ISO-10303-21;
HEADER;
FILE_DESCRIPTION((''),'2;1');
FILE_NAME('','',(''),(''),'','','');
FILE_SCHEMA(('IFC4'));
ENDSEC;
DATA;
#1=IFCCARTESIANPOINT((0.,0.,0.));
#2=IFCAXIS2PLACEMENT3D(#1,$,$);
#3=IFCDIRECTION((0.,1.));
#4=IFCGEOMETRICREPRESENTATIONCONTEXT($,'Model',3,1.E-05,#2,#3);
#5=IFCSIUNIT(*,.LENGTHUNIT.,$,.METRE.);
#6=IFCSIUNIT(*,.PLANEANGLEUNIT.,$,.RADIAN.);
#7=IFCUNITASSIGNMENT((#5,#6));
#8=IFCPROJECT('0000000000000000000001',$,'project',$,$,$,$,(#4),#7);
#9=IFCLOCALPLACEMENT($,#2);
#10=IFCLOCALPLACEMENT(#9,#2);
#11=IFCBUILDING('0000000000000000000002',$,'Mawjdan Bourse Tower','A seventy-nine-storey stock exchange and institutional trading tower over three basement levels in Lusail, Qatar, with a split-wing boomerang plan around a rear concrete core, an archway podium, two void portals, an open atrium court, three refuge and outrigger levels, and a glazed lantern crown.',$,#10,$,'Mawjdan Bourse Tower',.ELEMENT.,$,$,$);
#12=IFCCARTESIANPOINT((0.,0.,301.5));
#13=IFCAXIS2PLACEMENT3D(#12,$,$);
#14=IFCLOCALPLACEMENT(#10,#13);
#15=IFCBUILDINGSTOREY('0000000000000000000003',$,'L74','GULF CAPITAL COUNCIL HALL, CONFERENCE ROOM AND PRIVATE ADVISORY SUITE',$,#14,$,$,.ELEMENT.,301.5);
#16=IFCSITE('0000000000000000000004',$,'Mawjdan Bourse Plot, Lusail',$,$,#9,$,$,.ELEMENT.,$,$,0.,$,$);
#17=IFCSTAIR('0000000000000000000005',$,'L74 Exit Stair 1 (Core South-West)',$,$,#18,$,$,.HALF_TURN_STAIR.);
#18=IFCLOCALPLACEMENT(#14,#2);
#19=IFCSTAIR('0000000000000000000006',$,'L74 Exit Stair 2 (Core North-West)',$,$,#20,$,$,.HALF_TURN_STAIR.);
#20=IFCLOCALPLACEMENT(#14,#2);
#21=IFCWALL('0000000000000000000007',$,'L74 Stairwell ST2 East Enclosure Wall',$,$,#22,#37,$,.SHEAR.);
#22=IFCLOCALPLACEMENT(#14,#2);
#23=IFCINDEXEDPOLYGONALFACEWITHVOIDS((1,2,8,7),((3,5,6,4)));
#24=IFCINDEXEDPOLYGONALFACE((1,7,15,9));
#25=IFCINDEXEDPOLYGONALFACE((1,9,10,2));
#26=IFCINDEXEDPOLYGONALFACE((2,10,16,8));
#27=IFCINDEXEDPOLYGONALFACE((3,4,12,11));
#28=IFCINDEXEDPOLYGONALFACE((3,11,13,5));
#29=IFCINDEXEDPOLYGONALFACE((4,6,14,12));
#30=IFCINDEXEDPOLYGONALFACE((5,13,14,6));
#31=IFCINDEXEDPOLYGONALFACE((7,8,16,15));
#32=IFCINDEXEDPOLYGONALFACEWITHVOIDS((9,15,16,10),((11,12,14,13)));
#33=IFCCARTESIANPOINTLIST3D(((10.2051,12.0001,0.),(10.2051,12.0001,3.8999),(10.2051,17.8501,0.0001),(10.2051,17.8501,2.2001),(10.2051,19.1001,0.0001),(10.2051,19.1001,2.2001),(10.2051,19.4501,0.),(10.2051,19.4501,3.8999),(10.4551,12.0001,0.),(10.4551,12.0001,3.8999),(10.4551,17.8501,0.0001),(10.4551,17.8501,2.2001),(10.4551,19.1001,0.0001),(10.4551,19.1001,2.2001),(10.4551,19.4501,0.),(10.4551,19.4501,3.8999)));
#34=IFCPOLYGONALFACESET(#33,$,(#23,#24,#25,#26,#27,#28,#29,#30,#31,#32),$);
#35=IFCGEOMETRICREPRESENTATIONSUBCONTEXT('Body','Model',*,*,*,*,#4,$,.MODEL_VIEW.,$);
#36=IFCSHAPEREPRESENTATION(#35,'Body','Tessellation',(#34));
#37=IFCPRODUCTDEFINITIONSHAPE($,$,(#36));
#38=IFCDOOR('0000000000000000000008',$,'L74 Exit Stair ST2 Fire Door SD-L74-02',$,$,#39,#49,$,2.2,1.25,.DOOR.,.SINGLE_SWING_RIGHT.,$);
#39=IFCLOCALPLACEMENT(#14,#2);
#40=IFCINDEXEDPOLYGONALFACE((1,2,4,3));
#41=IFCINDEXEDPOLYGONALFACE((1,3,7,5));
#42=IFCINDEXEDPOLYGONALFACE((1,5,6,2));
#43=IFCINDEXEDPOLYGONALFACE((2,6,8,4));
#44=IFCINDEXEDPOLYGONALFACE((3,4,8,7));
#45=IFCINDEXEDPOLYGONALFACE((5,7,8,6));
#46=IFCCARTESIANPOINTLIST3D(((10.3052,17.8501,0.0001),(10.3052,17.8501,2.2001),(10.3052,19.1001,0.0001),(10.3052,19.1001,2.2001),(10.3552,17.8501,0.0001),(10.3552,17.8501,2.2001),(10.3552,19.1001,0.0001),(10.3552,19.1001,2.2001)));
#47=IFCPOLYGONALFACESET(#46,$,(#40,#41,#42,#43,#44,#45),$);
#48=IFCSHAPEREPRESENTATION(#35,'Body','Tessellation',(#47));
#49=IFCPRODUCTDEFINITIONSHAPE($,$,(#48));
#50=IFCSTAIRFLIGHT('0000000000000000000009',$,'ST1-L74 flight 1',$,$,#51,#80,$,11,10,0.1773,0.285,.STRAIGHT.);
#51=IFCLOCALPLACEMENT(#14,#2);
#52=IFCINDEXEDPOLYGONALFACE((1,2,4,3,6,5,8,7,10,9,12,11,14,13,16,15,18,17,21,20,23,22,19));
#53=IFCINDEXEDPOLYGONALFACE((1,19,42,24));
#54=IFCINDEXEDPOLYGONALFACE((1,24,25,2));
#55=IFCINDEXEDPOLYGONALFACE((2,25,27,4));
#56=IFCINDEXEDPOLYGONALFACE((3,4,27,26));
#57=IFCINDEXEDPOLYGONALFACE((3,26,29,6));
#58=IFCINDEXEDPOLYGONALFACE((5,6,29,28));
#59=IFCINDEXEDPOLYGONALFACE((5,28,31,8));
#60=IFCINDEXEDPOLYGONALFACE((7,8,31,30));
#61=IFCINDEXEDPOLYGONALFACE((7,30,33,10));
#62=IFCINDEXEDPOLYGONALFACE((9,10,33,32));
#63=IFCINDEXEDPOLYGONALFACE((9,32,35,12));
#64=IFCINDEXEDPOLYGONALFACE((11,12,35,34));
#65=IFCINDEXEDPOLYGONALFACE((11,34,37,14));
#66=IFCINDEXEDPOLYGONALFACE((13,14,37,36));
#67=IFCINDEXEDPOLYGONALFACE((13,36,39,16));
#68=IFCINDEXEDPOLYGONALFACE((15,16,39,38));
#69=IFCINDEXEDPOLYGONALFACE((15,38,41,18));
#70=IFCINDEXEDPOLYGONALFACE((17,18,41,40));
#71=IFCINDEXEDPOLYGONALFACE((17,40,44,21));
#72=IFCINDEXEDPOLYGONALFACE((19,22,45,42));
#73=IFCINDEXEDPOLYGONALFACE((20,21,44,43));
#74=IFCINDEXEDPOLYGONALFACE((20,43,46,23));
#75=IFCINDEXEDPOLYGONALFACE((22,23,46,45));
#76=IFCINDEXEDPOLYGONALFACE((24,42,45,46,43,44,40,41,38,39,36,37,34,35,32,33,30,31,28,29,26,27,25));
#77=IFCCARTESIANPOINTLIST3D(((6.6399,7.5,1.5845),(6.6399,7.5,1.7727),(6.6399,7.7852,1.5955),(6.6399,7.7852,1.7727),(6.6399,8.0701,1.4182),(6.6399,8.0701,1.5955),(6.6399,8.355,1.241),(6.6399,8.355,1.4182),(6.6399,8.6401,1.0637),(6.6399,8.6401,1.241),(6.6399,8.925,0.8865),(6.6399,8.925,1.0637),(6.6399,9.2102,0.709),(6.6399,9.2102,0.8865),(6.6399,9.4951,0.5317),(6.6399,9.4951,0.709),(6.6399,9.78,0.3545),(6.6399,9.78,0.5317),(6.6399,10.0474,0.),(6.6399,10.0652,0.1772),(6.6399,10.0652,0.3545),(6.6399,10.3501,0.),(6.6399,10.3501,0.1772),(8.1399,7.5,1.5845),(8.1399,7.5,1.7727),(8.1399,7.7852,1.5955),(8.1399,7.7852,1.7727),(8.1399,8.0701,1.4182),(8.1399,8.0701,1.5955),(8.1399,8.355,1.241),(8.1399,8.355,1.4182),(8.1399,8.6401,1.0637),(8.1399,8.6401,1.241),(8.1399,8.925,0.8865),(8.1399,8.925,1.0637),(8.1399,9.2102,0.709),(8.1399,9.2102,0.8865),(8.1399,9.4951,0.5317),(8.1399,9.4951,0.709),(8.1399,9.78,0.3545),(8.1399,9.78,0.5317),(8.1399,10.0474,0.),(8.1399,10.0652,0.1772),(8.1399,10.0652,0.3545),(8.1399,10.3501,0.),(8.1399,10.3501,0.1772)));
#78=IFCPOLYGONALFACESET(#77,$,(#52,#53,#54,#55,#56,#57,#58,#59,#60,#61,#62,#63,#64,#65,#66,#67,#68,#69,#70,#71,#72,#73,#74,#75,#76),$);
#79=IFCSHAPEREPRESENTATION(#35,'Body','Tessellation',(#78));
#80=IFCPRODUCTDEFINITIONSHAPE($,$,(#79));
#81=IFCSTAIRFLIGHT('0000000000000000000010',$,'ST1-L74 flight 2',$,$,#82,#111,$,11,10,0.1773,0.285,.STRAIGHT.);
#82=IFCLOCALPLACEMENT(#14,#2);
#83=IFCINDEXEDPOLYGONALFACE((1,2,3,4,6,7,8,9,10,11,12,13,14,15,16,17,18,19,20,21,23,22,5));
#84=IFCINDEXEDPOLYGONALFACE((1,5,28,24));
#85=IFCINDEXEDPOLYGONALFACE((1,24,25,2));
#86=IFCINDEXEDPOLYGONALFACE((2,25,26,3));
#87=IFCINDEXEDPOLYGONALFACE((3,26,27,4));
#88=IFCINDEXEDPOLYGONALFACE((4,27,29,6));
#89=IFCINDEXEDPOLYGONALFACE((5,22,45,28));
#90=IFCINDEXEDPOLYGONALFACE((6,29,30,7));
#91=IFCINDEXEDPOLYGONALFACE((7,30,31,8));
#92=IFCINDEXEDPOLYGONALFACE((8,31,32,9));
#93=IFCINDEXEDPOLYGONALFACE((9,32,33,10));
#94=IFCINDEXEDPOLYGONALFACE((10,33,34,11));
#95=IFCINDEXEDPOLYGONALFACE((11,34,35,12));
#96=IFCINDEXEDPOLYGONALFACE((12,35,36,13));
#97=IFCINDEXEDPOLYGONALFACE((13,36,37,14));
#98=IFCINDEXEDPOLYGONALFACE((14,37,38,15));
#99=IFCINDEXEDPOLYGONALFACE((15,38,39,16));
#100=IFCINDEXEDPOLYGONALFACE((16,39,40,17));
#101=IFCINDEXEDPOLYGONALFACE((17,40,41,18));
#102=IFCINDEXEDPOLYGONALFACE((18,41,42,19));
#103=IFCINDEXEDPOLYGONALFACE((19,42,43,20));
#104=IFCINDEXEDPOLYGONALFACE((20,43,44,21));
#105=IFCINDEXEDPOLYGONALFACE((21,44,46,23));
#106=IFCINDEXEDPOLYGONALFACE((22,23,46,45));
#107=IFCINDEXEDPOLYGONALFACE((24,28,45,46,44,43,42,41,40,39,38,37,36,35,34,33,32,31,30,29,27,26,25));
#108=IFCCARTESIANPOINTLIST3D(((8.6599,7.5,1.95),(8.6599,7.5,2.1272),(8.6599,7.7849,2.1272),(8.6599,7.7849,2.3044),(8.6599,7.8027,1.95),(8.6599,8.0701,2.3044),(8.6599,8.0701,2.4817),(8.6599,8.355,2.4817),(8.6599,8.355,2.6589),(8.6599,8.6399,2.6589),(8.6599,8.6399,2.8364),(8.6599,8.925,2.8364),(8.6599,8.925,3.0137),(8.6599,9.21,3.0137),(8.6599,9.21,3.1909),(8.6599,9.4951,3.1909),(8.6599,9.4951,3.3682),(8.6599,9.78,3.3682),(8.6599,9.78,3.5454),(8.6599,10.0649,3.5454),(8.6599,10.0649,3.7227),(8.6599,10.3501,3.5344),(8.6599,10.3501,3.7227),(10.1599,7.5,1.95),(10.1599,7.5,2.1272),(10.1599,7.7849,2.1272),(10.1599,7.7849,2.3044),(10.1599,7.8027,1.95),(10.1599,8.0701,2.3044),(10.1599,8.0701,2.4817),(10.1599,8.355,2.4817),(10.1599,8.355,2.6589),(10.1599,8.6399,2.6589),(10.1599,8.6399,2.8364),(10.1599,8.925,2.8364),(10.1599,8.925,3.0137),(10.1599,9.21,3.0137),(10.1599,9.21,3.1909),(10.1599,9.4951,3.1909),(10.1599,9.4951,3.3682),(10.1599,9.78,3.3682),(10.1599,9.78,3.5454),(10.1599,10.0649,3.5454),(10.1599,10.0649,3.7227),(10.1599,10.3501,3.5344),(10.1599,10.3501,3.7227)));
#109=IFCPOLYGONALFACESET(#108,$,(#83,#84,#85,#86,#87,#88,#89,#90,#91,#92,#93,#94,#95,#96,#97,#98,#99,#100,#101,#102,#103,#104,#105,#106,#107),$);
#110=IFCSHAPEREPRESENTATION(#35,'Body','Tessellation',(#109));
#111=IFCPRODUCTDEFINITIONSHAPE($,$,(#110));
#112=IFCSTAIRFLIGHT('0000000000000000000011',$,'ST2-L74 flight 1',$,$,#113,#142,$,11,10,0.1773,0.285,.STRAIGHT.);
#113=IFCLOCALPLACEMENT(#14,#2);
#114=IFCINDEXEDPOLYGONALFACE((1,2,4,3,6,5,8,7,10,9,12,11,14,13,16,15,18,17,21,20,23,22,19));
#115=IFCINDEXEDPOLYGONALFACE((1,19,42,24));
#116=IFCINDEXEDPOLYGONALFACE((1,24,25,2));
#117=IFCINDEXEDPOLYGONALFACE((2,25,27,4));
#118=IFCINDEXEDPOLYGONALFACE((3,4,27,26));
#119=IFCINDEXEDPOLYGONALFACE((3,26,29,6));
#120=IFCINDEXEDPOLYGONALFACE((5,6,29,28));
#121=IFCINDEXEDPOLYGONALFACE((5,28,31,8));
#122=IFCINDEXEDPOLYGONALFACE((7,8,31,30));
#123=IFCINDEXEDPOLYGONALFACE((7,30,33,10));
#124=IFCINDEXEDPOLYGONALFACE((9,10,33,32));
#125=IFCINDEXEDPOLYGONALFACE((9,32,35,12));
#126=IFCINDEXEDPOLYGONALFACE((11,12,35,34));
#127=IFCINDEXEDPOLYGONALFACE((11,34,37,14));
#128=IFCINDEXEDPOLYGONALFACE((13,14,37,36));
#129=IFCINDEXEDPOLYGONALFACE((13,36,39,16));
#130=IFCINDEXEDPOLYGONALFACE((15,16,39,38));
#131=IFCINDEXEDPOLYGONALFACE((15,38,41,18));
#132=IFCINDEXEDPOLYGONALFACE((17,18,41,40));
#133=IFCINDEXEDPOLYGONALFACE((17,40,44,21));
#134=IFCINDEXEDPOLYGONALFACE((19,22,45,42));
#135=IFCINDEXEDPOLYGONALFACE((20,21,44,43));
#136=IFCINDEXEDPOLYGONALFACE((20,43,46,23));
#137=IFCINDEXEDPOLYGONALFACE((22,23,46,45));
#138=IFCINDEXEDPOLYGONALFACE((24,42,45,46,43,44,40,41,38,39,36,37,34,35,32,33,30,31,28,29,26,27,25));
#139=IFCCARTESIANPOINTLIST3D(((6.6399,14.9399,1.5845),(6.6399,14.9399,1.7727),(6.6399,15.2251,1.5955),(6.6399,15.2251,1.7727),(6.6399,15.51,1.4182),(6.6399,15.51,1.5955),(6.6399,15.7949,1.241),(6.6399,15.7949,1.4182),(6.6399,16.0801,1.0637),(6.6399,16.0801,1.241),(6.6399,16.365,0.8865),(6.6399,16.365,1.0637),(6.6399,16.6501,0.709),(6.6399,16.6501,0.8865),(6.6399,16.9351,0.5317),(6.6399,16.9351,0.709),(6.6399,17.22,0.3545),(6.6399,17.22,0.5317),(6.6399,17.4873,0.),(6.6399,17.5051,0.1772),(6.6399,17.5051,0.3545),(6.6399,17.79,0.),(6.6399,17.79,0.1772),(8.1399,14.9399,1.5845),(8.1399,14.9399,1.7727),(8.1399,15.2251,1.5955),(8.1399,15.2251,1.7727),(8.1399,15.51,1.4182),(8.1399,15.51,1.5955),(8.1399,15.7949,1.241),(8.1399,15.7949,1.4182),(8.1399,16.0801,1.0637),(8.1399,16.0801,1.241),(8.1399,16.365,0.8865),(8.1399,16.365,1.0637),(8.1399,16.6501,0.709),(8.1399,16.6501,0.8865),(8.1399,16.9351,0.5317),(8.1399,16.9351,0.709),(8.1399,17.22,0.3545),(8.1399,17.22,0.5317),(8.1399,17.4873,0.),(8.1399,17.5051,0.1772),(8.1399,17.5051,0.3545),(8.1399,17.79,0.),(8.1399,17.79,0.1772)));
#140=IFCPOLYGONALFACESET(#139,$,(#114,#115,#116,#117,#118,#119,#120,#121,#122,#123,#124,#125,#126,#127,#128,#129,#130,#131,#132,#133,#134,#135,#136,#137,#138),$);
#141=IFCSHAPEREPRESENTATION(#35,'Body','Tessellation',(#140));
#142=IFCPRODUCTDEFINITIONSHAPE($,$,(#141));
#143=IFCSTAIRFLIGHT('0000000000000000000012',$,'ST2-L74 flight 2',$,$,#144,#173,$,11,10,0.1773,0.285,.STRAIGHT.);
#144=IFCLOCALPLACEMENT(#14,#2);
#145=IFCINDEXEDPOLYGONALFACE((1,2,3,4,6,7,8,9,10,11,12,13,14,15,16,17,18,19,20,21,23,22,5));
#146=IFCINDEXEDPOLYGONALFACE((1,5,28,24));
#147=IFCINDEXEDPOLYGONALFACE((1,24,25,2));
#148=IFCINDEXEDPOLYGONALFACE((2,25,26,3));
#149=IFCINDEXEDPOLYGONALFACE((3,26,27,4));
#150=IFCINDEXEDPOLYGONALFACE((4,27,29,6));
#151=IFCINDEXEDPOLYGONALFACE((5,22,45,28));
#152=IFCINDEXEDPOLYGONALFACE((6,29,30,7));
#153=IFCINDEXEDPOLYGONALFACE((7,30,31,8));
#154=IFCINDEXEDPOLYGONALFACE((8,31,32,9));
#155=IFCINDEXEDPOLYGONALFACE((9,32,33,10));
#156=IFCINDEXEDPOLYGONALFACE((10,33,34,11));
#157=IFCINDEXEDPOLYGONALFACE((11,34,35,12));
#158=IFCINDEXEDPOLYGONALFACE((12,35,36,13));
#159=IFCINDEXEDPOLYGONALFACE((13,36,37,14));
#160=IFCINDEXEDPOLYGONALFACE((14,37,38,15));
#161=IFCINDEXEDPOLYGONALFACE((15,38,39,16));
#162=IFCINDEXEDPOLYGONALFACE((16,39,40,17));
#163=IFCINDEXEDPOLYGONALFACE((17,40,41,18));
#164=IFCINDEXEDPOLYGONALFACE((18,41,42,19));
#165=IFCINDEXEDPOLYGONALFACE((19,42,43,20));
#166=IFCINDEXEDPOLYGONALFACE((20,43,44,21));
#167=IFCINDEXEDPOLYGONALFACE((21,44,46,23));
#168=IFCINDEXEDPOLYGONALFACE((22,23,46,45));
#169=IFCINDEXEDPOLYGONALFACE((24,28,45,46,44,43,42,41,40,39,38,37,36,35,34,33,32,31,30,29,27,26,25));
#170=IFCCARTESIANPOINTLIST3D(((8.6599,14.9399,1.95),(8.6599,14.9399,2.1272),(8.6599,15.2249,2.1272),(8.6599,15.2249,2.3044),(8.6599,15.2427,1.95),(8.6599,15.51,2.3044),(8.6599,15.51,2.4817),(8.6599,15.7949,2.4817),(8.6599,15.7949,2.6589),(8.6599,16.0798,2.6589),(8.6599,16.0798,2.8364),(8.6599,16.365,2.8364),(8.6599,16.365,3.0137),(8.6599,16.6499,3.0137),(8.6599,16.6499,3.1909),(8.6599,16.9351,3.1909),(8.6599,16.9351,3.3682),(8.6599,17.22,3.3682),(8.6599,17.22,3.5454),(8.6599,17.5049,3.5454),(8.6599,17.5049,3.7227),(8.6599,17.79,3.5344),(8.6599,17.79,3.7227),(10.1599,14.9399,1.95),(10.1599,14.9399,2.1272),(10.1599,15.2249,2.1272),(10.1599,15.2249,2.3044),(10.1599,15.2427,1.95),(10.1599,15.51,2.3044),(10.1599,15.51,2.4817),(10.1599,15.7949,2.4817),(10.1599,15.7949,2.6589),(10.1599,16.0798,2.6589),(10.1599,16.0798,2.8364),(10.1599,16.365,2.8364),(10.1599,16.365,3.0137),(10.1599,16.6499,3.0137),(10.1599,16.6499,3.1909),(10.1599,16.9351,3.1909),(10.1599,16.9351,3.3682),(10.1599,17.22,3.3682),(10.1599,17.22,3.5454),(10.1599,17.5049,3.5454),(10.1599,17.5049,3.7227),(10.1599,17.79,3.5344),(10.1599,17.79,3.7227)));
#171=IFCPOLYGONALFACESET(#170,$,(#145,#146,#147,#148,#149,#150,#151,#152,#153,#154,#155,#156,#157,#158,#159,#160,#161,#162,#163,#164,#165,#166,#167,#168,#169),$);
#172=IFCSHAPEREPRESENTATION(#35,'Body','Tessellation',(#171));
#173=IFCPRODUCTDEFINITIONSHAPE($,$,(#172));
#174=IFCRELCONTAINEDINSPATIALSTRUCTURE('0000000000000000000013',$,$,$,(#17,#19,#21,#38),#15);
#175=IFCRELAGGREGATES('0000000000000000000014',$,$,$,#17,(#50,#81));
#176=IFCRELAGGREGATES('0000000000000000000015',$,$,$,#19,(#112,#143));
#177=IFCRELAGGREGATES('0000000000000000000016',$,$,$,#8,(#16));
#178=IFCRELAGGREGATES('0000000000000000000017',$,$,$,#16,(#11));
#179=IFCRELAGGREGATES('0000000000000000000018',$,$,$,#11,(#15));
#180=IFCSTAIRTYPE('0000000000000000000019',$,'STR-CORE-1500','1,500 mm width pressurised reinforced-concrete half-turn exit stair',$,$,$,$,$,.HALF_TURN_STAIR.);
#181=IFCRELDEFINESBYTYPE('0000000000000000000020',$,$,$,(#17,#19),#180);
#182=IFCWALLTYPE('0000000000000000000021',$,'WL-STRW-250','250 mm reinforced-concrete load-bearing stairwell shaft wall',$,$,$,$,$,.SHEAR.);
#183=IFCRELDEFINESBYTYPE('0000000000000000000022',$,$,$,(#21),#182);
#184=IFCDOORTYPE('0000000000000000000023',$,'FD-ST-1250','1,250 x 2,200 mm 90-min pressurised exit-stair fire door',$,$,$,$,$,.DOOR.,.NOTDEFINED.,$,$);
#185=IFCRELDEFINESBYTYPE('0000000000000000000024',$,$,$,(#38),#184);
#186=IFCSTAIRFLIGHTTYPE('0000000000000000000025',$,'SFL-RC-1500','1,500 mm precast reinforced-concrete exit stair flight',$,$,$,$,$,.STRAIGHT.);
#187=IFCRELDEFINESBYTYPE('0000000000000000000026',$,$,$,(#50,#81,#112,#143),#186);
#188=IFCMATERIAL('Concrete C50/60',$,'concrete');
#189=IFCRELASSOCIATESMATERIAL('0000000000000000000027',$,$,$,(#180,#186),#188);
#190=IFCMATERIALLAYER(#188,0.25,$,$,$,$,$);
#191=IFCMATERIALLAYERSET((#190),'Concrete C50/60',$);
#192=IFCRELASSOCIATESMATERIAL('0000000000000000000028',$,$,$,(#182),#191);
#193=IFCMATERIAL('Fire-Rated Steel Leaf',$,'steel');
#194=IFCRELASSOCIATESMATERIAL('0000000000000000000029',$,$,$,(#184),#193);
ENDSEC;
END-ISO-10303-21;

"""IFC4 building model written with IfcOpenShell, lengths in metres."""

from ifc_helpers import new_model, si_unit, direction, frame, frame_2d, origin, place, context, subcontext, project, spatial, polyline, rectangle, outline, extrude, material, layer, layer_set, type_object, element, fill, aggregate, save


model = new_model("IFC4")

# Units and contexts
model_context = context("Model", 3, precision=1e-05, world=origin(), true_north=direction((0.0, 1.0)))
body_context = subcontext(model_context, "Body", "Model", "MODEL_VIEW")
ifc_project = project(units=[si_unit("LENGTHUNIT", "METRE"), si_unit("PLANEANGLEUNIT", "RADIAN")], contexts=[model_context])

# Site, building, storey
site_placement = place(None, origin())
site = spatial("IfcSite", under=ifc_project, at=site_placement, Name="Mawjdan Bourse Plot, Lusail", CompositionType="ELEMENT", RefElevation=0.0)
building_placement = place(site_placement, origin())
building = spatial("IfcBuilding", under=site, at=building_placement, Name="Mawjdan Bourse Tower", Description="A seventy-nine-storey stock exchange and institutional trading tower over three basement levels in Lusail, Qatar, with a split-wing boomerang plan around a rear concrete core, an archway podium, two void portals, an open atrium court, three refuge and outrigger levels, and a glazed lantern crown.", LongName="Mawjdan Bourse Tower", CompositionType="ELEMENT")
storey_placement = place(building_placement, frame((0.0, 0.0, 301.5)))
storey = spatial("IfcBuildingStorey", under=building, at=storey_placement, Name="L74", Description="GULF CAPITAL COUNCIL HALL, CONFERENCE ROOM AND PRIVATE ADVISORY SUITE", CompositionType="ELEMENT", Elevation=301.5)

# Stairs
ifc_material_1 = material(Name="Concrete C50/60", Category="concrete")
stair_type = type_object("IfcStairType", Name="STR-CORE-1500", Description="1,500 mm width pressurised reinforced-concrete half-turn exit stair", PredefinedType="HALF_TURN_STAIR", material=ifc_material_1)
stair_1_placement = place(storey_placement, origin())
stair_1 = element("IfcStair", 1, at=stair_1_placement, inside=storey, type_object=stair_type, Name="L74 Exit Stair 1 (Core South-West)", PredefinedType="HALF_TURN_STAIR")
stair_2_placement = place(storey_placement, origin())
stair_2 = element("IfcStair", 2, at=stair_2_placement, inside=storey, type_object=stair_type, Name="L74 Exit Stair 2 (Core North-West)", PredefinedType="HALF_TURN_STAIR")

# Shared definitions
ifc_layer_1 = layer(ifc_material_1, 0.25)
ifc_layer_set_1 = layer_set([ifc_layer_1], Name="Concrete C50/60")
wall_type_1 = type_object("IfcWallType", Name="WL-STRW-250", Description="250 mm reinforced-concrete load-bearing stairwell shaft wall", PredefinedType="SHEAR", material=ifc_layer_set_1)

# Wall, opening, door
ifc_material_2 = material(Name="Fire-Rated Steel Leaf", Category="steel")
door_type_1 = type_object("IfcDoorType", Name="FD-ST-1250", Description="1,250 x 2,200 mm 90-min pressurised exit-stair fire door", OperationType="NOTDEFINED", PredefinedType="DOOR", material=ifc_material_2)
wall_1_placement = place(storey_placement, frame((10.3301, 12.0, 0.0), z_axis=(0.0, 0.0, 1.0), x_axis=(0.0, 1.0, 0.0)))
wall_1 = element("IfcWall", 3, at=wall_1_placement, inside=storey, type_object=wall_type_1, Name="L74 Stairwell ST2 East Enclosure Wall", PredefinedType="SHEAR", context=body_context, shape_type="SweptSolid", body=[
    extrude(rectangle(XDim=7.45, YDim=0.25, at=frame_2d((3.7251, 0.0))), origin(), (0.0, 0.0, 1.0), 3.8999),
])
opening_1_placement = place(wall_1_placement, frame((5.8501, 0.0, 0.0)))
opening_1 = element("IfcOpeningElement", 4, at=opening_1_placement, cuts=wall_1, PredefinedType="OPENING", context=body_context, shape_type="SweptSolid", body=[
    extrude(rectangle(XDim=1.25, YDim=2.2, at=frame_2d((0.625, 1.1001))), frame((0.0, 0.135, 0.0), z_axis=(0.0, -1.0, 0.0), x_axis=(1.0, 0.0, 0.0)), (0.0, 0.0, 1.0), 0.27),
])
door_1_placement = place(opening_1_placement, origin())
door_1 = element("IfcDoor", 5, at=door_1_placement, inside=storey, type_object=door_type_1, Name="L74 Exit Stair ST2 Fire Door SD-L74-02", OperationType="SINGLE_SWING_RIGHT", OverallHeight=2.2, OverallWidth=1.25, PredefinedType="DOOR", context=body_context, shape_type="SweptSolid", body=[
    extrude(rectangle(XDim=1.25, YDim=2.2, at=frame_2d((0.625, 1.1001))), frame((0.0, 0.0249, 0.0), z_axis=(0.0, -1.0, 0.0), x_axis=(1.0, 0.0, 0.0)), (0.0, 0.0, 1.0), 0.05),
])
fill(opening_1, door_1)

# Stair flights
stair_flight_type = type_object("IfcStairFlightType", Name="SFL-RC-1500", Description="1,500 mm precast reinforced-concrete exit stair flight", PredefinedType="STRAIGHT", material=ifc_material_1)
stair_flight_1_placement = place(storey_placement, frame((7.3899, 10.3501, 0.0), z_axis=(0.0, 0.0, 1.0), x_axis=(0.0, -1.0, 0.0)))
stair_flight_1 = element("IfcStairFlight", 6, at=stair_flight_1_placement, type_object=stair_flight_type, Name="ST1-L74 flight 1", NumberOfRisers=11, NumberOfTreads=10, PredefinedType="STRAIGHT", RiserHeight=0.1773, TreadLength=0.285, context=body_context, shape_type="SweptSolid", body=[
    extrude(outline(polyline([(0.0, 0.0), (0.0, 0.1772), (0.2849, 0.1772), (0.2849, 0.3545), (0.5701, 0.3545), (0.5701, 0.5317), (0.855, 0.5317), (0.855, 0.709), (1.1399, 0.709), (1.1399, 0.8865), (1.425, 0.8865), (1.425, 1.0637), (1.71, 1.0637), (1.71, 1.241), (1.9951, 1.241), (1.9951, 1.4182), (2.28, 1.4182), (2.28, 1.5955), (2.5649, 1.5955), (2.5649, 1.7727), (2.8501, 1.7727), (2.8501, 1.95), (2.8501, 1.5845), (0.3027, 0.0), (0.0, 0.0)])), frame((0.0, 0.75, 0.0), z_axis=(0.0, -1.0, 0.0), x_axis=(1.0, 0.0, 0.0)), (0.0, 0.0, 1.0), 1.5),
])
stair_flight_2_placement = place(storey_placement, frame((9.4099, 7.5, 1.95), z_axis=(0.0, 0.0, 1.0), x_axis=(0.0, 1.0, 0.0)))
stair_flight_2 = element("IfcStairFlight", 7, at=stair_flight_2_placement, type_object=stair_flight_type, Name="ST1-L74 flight 2", NumberOfRisers=11, NumberOfTreads=10, PredefinedType="STRAIGHT", RiserHeight=0.1773, TreadLength=0.285, context=body_context, shape_type="SweptSolid", body=[
    extrude(outline(polyline([(0.0, 0.0), (0.0, 0.1772), (0.2849, 0.1772), (0.2849, 0.3545), (0.5701, 0.3545), (0.5701, 0.5317), (0.855, 0.5317), (0.855, 0.709), (1.1399, 0.709), (1.1399, 0.8865), (1.425, 0.8865), (1.425, 1.0637), (1.71, 1.0637), (1.71, 1.241), (1.9951, 1.241), (1.9951, 1.4182), (2.28, 1.4182), (2.28, 1.5955), (2.5649, 1.5955), (2.5649, 1.7727), (2.8501, 1.7727), (2.8501, 1.95), (2.8501, 1.5845), (0.3027, 0.0), (0.0, 0.0)])), frame((0.0, 0.75, 0.0), z_axis=(0.0, -1.0, 0.0), x_axis=(1.0, 0.0, 0.0)), (0.0, 0.0, 1.0), 1.5),
])
aggregate(stair_1, [stair_flight_1, stair_flight_2])
stair_flight_3_placement = place(storey_placement, frame((7.3899, 17.79, 0.0), z_axis=(0.0, 0.0, 1.0), x_axis=(0.0, -1.0, 0.0)))
stair_flight_3 = element("IfcStairFlight", 8, at=stair_flight_3_placement, type_object=stair_flight_type, Name="ST2-L74 flight 1", NumberOfRisers=11, NumberOfTreads=10, PredefinedType="STRAIGHT", RiserHeight=0.1773, TreadLength=0.285, context=body_context, shape_type="SweptSolid", body=[
    extrude(outline(polyline([(0.0, 0.0), (0.0, 0.1772), (0.2849, 0.1772), (0.2849, 0.3545), (0.5701, 0.3545), (0.5701, 0.5317), (0.855, 0.5317), (0.855, 0.709), (1.1399, 0.709), (1.1399, 0.8865), (1.425, 0.8865), (1.425, 1.0637), (1.71, 1.0637), (1.71, 1.241), (1.9951, 1.241), (1.9951, 1.4182), (2.28, 1.4182), (2.28, 1.5955), (2.5649, 1.5955), (2.5649, 1.7727), (2.8501, 1.7727), (2.8501, 1.95), (2.8501, 1.5845), (0.3027, 0.0), (0.0, 0.0)])), frame((0.0, 0.75, 0.0), z_axis=(0.0, -1.0, 0.0), x_axis=(1.0, 0.0, 0.0)), (0.0, 0.0, 1.0), 1.5),
])
stair_flight_4_placement = place(storey_placement, frame((9.4099, 14.9399, 1.95), z_axis=(0.0, 0.0, 1.0), x_axis=(0.0, 1.0, 0.0)))
stair_flight_4 = element("IfcStairFlight", 9, at=stair_flight_4_placement, type_object=stair_flight_type, Name="ST2-L74 flight 2", NumberOfRisers=11, NumberOfTreads=10, PredefinedType="STRAIGHT", RiserHeight=0.1773, TreadLength=0.285, context=body_context, shape_type="SweptSolid", body=[
    extrude(outline(polyline([(0.0, 0.0), (0.0, 0.1772), (0.2849, 0.1772), (0.2849, 0.3545), (0.5701, 0.3545), (0.5701, 0.5317), (0.855, 0.5317), (0.855, 0.709), (1.1399, 0.709), (1.1399, 0.8865), (1.425, 0.8865), (1.425, 1.0637), (1.71, 1.0637), (1.71, 1.241), (1.9951, 1.241), (1.9951, 1.4182), (2.28, 1.4182), (2.28, 1.5955), (2.5649, 1.5955), (2.5649, 1.7727), (2.8501, 1.7727), (2.8501, 1.95), (2.8501, 1.5845), (0.3027, 0.0), (0.0, 0.0)])), frame((0.0, 0.75, 0.0), z_axis=(0.0, -1.0, 0.0), x_axis=(1.0, 0.0, 0.0)), (0.0, 0.0, 1.0), 1.5),
])
aggregate(stair_2, [stair_flight_3, stair_flight_4])

save(model, "model.ifc")
